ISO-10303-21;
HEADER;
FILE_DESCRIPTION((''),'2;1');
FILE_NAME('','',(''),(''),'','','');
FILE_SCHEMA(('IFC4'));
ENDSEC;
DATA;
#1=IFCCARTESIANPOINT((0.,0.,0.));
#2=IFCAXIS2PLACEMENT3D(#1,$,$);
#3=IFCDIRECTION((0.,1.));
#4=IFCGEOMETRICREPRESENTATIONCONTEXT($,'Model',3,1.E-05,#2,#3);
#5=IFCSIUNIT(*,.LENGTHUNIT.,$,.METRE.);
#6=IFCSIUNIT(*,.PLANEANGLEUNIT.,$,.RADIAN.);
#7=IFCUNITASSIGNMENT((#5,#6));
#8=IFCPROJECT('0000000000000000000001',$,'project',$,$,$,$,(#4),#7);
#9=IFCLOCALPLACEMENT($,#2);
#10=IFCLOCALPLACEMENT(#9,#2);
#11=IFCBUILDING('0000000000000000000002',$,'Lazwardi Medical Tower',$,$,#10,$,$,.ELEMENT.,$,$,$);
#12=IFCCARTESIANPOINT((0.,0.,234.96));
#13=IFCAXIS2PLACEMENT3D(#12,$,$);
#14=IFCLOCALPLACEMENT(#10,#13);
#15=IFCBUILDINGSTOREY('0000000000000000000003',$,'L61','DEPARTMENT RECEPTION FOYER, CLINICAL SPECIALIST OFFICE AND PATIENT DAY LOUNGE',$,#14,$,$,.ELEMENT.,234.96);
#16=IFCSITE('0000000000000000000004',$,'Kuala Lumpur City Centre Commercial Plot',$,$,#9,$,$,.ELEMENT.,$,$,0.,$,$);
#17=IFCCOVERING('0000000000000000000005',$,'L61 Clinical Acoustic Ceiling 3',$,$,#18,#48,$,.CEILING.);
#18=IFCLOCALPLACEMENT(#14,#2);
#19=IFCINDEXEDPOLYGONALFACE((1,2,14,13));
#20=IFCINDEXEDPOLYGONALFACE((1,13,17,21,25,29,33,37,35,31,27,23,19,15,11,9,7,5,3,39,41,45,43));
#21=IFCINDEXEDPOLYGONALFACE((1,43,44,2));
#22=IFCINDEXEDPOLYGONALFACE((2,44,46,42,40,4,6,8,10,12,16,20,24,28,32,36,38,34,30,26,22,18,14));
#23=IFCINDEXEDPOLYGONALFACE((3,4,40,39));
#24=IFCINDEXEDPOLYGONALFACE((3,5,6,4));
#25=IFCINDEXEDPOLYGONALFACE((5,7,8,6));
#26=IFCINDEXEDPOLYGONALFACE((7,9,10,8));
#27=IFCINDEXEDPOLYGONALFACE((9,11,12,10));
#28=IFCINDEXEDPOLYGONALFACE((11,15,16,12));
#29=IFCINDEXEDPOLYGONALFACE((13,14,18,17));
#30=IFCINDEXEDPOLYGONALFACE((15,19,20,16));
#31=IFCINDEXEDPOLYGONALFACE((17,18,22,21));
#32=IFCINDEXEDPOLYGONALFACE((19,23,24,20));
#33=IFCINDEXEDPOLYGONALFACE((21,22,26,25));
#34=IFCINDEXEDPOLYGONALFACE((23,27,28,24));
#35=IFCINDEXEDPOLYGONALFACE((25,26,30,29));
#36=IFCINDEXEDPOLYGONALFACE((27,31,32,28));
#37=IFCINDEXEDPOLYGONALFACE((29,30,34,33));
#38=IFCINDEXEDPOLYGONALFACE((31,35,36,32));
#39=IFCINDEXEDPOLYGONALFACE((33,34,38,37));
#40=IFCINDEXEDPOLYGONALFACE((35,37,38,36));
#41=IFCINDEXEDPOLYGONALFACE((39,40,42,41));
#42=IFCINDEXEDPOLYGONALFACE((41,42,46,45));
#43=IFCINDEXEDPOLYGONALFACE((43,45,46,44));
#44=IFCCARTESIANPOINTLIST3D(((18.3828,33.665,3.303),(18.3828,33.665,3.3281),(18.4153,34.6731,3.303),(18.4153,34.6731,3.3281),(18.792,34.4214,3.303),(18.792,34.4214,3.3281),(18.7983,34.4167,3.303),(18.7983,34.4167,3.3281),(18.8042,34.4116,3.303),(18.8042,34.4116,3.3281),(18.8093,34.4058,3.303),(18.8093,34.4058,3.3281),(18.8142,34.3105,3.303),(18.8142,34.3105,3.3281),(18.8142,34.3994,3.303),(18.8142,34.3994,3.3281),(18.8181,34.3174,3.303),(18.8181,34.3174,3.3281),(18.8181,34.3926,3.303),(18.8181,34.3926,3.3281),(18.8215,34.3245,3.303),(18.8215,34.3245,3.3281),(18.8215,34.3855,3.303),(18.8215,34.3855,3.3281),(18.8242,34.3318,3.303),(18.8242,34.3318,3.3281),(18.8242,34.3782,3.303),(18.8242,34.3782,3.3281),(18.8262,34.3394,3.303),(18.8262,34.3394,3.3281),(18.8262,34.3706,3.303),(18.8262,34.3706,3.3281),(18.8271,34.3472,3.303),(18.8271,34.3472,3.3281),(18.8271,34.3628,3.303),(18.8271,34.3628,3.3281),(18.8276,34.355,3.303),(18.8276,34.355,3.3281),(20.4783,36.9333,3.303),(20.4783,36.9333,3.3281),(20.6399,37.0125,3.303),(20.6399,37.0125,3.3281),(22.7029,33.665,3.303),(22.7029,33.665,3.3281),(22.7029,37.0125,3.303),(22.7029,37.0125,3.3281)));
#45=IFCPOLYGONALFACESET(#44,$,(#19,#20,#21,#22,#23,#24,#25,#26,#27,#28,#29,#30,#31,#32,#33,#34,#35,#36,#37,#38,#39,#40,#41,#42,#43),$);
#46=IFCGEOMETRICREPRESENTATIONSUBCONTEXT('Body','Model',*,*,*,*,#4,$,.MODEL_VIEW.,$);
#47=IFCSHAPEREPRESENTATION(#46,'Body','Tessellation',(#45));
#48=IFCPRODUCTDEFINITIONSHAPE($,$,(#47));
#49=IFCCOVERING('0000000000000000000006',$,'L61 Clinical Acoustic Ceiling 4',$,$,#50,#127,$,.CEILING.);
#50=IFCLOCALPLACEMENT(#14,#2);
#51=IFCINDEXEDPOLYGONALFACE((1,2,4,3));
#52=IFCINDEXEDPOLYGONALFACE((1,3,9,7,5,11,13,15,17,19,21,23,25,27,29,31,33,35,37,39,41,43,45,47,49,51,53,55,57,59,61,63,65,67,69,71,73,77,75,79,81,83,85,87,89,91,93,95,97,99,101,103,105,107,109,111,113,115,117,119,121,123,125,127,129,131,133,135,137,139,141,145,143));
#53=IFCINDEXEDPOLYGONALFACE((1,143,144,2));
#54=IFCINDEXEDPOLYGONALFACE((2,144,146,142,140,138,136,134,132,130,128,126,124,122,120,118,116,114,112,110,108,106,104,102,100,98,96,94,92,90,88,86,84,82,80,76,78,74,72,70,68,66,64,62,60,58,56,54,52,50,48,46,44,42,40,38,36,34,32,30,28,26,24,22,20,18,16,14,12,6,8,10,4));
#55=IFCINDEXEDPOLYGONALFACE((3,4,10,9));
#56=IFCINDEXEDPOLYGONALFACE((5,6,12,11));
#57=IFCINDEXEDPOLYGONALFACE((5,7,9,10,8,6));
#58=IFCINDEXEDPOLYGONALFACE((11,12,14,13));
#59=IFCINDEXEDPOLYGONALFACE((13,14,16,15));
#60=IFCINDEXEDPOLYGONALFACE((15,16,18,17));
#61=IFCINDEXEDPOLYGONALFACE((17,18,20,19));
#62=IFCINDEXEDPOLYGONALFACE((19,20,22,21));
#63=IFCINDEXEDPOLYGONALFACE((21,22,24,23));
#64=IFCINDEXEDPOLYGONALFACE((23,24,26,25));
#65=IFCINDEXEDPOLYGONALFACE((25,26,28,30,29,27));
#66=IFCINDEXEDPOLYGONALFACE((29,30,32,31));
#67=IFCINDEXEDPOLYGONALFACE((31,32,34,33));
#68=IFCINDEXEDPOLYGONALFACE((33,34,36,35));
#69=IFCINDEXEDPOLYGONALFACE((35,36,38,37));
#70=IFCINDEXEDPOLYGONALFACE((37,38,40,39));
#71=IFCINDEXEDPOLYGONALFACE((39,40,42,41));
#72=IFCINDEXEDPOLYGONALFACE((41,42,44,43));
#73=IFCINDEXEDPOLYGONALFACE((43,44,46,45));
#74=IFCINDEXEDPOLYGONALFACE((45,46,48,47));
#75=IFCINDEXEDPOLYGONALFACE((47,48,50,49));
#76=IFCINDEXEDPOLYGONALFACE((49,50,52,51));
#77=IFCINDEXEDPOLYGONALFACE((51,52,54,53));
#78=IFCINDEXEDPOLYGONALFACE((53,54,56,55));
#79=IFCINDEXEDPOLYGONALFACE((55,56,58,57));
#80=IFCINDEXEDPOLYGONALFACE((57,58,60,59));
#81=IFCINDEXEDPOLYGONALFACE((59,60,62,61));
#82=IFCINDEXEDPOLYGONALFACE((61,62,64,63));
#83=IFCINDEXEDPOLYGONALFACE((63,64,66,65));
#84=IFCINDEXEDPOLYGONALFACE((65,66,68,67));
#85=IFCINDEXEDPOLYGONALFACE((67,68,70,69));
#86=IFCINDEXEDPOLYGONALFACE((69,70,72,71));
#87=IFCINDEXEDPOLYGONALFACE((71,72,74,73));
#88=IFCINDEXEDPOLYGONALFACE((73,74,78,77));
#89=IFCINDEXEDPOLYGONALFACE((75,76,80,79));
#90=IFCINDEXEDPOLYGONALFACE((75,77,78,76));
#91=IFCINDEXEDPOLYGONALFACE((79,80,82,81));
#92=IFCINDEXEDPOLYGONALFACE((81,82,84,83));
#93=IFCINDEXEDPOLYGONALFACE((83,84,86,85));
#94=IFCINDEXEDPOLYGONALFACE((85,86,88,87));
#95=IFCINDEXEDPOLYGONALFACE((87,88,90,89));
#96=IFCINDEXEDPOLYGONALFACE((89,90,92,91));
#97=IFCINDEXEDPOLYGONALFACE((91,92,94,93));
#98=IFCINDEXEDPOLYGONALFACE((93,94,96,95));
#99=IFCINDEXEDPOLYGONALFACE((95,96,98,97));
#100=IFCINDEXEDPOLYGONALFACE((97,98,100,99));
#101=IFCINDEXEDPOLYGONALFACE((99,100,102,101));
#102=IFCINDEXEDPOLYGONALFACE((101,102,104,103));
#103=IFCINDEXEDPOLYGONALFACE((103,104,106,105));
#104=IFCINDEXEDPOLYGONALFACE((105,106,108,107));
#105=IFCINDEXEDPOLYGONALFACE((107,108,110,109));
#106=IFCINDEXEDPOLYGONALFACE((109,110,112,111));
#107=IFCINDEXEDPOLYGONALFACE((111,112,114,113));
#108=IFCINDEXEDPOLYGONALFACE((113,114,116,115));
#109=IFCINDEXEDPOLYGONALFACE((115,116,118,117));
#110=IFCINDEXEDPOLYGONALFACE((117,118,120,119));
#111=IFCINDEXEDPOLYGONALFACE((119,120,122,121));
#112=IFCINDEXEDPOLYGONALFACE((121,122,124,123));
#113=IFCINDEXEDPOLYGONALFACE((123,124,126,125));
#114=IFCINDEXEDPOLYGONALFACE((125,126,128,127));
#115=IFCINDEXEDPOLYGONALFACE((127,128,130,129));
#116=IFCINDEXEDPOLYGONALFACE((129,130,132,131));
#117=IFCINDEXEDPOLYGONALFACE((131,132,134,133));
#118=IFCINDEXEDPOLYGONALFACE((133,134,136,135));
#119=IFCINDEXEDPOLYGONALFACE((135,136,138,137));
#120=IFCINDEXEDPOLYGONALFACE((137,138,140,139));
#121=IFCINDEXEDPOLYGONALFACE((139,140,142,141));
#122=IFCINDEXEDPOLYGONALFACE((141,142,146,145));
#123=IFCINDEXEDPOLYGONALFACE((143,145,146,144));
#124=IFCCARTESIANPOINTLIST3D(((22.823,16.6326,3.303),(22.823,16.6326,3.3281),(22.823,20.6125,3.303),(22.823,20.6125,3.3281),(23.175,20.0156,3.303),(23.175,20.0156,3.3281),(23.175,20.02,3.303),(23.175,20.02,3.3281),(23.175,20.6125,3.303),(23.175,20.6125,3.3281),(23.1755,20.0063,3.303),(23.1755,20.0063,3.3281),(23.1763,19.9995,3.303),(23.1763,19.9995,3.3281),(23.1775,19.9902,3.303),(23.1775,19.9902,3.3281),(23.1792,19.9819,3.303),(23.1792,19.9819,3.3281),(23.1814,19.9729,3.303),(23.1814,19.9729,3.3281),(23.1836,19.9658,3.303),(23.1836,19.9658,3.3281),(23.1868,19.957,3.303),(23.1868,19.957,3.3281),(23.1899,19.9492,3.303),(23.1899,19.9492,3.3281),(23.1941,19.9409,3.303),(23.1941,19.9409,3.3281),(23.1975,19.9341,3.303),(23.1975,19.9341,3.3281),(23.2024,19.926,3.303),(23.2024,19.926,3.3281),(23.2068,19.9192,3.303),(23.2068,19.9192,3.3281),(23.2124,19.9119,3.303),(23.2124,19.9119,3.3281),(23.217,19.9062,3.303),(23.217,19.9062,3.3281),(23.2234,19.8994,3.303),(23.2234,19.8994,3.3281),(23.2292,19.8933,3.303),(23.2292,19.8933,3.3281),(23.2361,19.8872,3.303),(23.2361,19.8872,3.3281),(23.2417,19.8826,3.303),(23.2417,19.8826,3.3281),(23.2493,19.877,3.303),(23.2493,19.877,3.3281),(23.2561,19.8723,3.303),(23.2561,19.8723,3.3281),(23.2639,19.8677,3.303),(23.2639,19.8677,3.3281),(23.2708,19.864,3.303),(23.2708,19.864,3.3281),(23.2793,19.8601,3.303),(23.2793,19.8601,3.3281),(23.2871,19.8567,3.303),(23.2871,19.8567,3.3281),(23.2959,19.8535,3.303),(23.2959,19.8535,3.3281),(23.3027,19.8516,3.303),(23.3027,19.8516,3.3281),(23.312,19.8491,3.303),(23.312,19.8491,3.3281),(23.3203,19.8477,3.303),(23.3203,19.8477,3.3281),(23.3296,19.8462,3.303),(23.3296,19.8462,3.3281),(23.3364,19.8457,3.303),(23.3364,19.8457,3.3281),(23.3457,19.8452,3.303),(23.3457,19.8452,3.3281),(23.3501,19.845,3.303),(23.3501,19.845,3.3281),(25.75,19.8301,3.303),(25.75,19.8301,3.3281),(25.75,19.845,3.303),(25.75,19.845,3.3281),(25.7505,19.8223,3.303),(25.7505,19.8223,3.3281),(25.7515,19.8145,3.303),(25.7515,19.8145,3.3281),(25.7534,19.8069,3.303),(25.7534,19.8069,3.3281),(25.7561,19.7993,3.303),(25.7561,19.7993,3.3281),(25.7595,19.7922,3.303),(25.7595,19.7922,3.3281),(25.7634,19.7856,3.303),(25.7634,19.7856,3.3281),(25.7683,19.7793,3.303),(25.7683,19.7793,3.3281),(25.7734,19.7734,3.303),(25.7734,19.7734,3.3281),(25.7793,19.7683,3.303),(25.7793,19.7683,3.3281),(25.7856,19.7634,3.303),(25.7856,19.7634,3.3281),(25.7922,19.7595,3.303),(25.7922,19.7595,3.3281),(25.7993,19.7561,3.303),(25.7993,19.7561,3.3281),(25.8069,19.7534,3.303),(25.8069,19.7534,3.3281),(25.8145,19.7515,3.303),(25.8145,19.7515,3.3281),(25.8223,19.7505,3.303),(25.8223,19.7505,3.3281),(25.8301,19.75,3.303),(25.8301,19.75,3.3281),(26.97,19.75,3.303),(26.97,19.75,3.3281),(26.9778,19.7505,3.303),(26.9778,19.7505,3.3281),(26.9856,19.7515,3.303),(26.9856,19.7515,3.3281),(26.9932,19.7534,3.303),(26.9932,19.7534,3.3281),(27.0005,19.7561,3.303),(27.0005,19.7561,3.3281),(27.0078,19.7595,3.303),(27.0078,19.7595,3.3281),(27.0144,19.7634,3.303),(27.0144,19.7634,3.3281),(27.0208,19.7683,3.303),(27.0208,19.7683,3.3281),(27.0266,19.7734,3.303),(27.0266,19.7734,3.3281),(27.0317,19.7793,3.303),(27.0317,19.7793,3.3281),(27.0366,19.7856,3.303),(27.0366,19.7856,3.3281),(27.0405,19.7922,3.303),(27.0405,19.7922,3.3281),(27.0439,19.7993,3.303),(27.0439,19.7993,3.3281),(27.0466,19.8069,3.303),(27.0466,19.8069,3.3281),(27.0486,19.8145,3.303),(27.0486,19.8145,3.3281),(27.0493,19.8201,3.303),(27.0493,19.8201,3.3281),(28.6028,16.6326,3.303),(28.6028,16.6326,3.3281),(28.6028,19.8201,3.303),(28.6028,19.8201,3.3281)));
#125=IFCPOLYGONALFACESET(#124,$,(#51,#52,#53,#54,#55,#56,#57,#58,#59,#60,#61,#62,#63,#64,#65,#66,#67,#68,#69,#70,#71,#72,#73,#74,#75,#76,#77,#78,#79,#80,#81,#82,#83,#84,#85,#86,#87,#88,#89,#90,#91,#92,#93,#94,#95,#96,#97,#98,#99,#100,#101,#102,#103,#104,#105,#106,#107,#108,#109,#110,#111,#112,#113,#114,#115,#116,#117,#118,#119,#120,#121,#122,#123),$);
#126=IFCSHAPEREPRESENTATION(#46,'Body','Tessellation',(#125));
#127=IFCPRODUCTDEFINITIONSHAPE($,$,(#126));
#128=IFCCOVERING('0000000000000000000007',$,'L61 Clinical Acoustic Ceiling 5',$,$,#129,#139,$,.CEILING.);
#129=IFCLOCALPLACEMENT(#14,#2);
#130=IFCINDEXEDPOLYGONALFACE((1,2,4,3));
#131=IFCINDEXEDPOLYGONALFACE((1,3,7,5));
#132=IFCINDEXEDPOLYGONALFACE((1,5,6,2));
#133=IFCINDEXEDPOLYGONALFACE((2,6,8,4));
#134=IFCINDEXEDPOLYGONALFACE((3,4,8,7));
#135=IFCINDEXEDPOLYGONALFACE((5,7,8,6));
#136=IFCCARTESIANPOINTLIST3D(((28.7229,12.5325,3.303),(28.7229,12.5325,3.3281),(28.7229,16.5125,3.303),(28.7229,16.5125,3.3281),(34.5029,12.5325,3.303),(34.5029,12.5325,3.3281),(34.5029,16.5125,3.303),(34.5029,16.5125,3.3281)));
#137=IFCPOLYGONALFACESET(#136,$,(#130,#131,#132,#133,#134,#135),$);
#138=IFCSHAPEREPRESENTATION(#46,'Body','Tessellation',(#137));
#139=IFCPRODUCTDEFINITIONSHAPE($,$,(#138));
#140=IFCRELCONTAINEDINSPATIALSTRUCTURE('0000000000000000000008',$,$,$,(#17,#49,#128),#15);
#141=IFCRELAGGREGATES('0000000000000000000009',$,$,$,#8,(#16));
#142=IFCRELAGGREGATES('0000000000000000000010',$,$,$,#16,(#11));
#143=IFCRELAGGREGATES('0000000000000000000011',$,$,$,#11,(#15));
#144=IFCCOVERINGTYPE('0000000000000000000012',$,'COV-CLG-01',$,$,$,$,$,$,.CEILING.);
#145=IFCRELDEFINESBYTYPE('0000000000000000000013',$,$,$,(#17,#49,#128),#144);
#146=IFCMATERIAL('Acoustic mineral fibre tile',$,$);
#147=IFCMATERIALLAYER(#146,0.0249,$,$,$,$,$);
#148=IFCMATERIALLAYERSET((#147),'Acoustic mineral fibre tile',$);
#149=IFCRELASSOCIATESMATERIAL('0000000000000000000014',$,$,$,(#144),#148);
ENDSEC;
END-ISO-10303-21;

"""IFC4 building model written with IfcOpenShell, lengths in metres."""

from ifc_helpers import new_model, si_unit, direction, frame, origin, place, context, subcontext, project, spatial, polyline, outline, extrude, material, layer, layer_set, type_object, element, save


model = new_model("IFC4")

# Units and contexts
model_context = context("Model", 3, precision=1e-05, world=origin(), true_north=direction((0.0, 1.0)))
body_context = subcontext(model_context, "Body", "Model", "MODEL_VIEW")
ifc_project = project(units=[si_unit("LENGTHUNIT", "METRE"), si_unit("PLANEANGLEUNIT", "RADIAN")], contexts=[model_context])

# Site, building, storey
site_placement = place(None, origin())
site = spatial("IfcSite", under=ifc_project, at=site_placement, Name="Kuala Lumpur City Centre Commercial Plot", CompositionType="ELEMENT", RefElevation=0.0)
building_placement = place(site_placement, origin())
building = spatial("IfcBuilding", under=site, at=building_placement, Name="Lazwardi Medical Tower", CompositionType="ELEMENT")
storey_placement = place(building_placement, frame((0.0, 0.0, 234.96)))
storey = spatial("IfcBuildingStorey", under=building, at=storey_placement, Name="L61", Description="DEPARTMENT RECEPTION FOYER, CLINICAL SPECIALIST OFFICE AND PATIENT DAY LOUNGE", CompositionType="ELEMENT", Elevation=234.96)

# Coverings
ifc_material_1 = material(Name="Acoustic mineral fibre tile")
ifc_layer_1 = layer(ifc_material_1, 0.0249)
ifc_layer_set_1 = layer_set([ifc_layer_1], Name="Acoustic mineral fibre tile")
covering_type_1 = type_object("IfcCoveringType", Name="COV-CLG-01", PredefinedType="CEILING", material=ifc_layer_set_1)
covering_1_placement = place(storey_placement, frame((0.0, 0.0, 3.303)))
element("IfcCovering", 1, at=covering_1_placement, inside=storey, type_object=covering_type_1, Name="L61 Clinical Acoustic Ceiling 3", PredefinedType="CEILING", context=body_context, shape_type="SweptSolid", body=[
    extrude(outline(polyline([(20.6399, 37.0125), (20.4783, 36.9333), (18.4153, 34.6731), (18.792, 34.4214), (18.7983, 34.4167), (18.8042, 34.4116), (18.8093, 34.4058), (18.8142, 34.3994), (18.8181, 34.3926), (18.8215, 34.3855), (18.8242, 34.3782), (18.8262, 34.3706), (18.8271, 34.3628), (18.8276, 34.355), (18.8271, 34.3472), (18.8262, 34.3394), (18.8242, 34.3318), (18.8215, 34.3245), (18.8181, 34.3174), (18.8142, 34.3105), (18.3828, 33.665), (22.7029, 33.665), (22.7029, 37.0125), (20.6399, 37.0125)])), origin(), (0.0, 0.0, 1.0), 0.0251),
])
covering_2_placement = place(storey_placement, frame((0.0, 0.0, 3.303)))
element("IfcCovering", 2, at=covering_2_placement, inside=storey, type_object=covering_type_1, Name="L61 Clinical Acoustic Ceiling 4", PredefinedType="CEILING", context=body_context, shape_type="SweptSolid", body=[
    extrude(outline(polyline([(28.6028, 19.8201), (27.0493, 19.8201), (27.0486, 19.8145), (27.0466, 19.8069), (27.0439, 19.7993), (27.0405, 19.7922), (27.0366, 19.7856), (27.0317, 19.7793), (27.0266, 19.7734), (27.0208, 19.7683), (27.0144, 19.7634), (27.0078, 19.7595), (27.0005, 19.7561), (26.9932, 19.7534), (26.9856, 19.7515), (26.9778, 19.7505), (26.97, 19.75), (25.8301, 19.75), (25.8223, 19.7505), (25.8145, 19.7515), (25.8069, 19.7534), (25.7993, 19.7561), (25.7922, 19.7595), (25.7856, 19.7634), (25.7793, 19.7683), (25.7734, 19.7734), (25.7683, 19.7793), (25.7634, 19.7856), (25.7595, 19.7922), (25.7561, 19.7993), (25.7534, 19.8069), (25.7515, 19.8145), (25.7505, 19.8223), (25.75, 19.8301), (25.75, 19.845), (23.3501, 19.845), (23.3457, 19.8452), (23.3364, 19.8457), (23.3296, 19.8462), (23.3203, 19.8477), (23.312, 19.8491), (23.3027, 19.8516), (23.2959, 19.8535), (23.2871, 19.8567), (23.2793, 19.8601), (23.2708, 19.864), (23.2639, 19.8677), (23.2561, 19.8723), (23.2493, 19.877), (23.2417, 19.8826), (23.2361, 19.8872), (23.2292, 19.8933), (23.2234, 19.8994), (23.217, 19.9062), (23.2124, 19.9119), (23.2068, 19.9192), (23.2024, 19.926), (23.1975, 19.9341), (23.1941, 19.9409), (23.1899, 19.9492), (23.1868, 19.957), (23.1836, 19.9658), (23.1814, 19.9729), (23.1792, 19.9819), (23.1775, 19.9902), (23.1763, 19.9995), (23.1755, 20.0063), (23.175, 20.0156), (23.175, 20.02), (23.175, 20.6125), (22.823, 20.6125), (22.823, 16.6326), (28.6028, 16.6326), (28.6028, 19.8201)])), origin(), (0.0, 0.0, 1.0), 0.0251),
])
covering_3_placement = place(storey_placement, frame((0.0, 0.0, 3.303)))
element("IfcCovering", 3, at=covering_3_placement, inside=storey, type_object=covering_type_1, Name="L61 Clinical Acoustic Ceiling 5", PredefinedType="CEILING", context=body_context, shape_type="SweptSolid", body=[
    extrude(outline(polyline([(34.5029, 12.5325), (34.5029, 16.5125), (28.7229, 16.5125), (28.7229, 12.5325), (34.5029, 12.5325)])), origin(), (0.0, 0.0, 1.0), 0.0251),
])

save(model, "model.ifc")
